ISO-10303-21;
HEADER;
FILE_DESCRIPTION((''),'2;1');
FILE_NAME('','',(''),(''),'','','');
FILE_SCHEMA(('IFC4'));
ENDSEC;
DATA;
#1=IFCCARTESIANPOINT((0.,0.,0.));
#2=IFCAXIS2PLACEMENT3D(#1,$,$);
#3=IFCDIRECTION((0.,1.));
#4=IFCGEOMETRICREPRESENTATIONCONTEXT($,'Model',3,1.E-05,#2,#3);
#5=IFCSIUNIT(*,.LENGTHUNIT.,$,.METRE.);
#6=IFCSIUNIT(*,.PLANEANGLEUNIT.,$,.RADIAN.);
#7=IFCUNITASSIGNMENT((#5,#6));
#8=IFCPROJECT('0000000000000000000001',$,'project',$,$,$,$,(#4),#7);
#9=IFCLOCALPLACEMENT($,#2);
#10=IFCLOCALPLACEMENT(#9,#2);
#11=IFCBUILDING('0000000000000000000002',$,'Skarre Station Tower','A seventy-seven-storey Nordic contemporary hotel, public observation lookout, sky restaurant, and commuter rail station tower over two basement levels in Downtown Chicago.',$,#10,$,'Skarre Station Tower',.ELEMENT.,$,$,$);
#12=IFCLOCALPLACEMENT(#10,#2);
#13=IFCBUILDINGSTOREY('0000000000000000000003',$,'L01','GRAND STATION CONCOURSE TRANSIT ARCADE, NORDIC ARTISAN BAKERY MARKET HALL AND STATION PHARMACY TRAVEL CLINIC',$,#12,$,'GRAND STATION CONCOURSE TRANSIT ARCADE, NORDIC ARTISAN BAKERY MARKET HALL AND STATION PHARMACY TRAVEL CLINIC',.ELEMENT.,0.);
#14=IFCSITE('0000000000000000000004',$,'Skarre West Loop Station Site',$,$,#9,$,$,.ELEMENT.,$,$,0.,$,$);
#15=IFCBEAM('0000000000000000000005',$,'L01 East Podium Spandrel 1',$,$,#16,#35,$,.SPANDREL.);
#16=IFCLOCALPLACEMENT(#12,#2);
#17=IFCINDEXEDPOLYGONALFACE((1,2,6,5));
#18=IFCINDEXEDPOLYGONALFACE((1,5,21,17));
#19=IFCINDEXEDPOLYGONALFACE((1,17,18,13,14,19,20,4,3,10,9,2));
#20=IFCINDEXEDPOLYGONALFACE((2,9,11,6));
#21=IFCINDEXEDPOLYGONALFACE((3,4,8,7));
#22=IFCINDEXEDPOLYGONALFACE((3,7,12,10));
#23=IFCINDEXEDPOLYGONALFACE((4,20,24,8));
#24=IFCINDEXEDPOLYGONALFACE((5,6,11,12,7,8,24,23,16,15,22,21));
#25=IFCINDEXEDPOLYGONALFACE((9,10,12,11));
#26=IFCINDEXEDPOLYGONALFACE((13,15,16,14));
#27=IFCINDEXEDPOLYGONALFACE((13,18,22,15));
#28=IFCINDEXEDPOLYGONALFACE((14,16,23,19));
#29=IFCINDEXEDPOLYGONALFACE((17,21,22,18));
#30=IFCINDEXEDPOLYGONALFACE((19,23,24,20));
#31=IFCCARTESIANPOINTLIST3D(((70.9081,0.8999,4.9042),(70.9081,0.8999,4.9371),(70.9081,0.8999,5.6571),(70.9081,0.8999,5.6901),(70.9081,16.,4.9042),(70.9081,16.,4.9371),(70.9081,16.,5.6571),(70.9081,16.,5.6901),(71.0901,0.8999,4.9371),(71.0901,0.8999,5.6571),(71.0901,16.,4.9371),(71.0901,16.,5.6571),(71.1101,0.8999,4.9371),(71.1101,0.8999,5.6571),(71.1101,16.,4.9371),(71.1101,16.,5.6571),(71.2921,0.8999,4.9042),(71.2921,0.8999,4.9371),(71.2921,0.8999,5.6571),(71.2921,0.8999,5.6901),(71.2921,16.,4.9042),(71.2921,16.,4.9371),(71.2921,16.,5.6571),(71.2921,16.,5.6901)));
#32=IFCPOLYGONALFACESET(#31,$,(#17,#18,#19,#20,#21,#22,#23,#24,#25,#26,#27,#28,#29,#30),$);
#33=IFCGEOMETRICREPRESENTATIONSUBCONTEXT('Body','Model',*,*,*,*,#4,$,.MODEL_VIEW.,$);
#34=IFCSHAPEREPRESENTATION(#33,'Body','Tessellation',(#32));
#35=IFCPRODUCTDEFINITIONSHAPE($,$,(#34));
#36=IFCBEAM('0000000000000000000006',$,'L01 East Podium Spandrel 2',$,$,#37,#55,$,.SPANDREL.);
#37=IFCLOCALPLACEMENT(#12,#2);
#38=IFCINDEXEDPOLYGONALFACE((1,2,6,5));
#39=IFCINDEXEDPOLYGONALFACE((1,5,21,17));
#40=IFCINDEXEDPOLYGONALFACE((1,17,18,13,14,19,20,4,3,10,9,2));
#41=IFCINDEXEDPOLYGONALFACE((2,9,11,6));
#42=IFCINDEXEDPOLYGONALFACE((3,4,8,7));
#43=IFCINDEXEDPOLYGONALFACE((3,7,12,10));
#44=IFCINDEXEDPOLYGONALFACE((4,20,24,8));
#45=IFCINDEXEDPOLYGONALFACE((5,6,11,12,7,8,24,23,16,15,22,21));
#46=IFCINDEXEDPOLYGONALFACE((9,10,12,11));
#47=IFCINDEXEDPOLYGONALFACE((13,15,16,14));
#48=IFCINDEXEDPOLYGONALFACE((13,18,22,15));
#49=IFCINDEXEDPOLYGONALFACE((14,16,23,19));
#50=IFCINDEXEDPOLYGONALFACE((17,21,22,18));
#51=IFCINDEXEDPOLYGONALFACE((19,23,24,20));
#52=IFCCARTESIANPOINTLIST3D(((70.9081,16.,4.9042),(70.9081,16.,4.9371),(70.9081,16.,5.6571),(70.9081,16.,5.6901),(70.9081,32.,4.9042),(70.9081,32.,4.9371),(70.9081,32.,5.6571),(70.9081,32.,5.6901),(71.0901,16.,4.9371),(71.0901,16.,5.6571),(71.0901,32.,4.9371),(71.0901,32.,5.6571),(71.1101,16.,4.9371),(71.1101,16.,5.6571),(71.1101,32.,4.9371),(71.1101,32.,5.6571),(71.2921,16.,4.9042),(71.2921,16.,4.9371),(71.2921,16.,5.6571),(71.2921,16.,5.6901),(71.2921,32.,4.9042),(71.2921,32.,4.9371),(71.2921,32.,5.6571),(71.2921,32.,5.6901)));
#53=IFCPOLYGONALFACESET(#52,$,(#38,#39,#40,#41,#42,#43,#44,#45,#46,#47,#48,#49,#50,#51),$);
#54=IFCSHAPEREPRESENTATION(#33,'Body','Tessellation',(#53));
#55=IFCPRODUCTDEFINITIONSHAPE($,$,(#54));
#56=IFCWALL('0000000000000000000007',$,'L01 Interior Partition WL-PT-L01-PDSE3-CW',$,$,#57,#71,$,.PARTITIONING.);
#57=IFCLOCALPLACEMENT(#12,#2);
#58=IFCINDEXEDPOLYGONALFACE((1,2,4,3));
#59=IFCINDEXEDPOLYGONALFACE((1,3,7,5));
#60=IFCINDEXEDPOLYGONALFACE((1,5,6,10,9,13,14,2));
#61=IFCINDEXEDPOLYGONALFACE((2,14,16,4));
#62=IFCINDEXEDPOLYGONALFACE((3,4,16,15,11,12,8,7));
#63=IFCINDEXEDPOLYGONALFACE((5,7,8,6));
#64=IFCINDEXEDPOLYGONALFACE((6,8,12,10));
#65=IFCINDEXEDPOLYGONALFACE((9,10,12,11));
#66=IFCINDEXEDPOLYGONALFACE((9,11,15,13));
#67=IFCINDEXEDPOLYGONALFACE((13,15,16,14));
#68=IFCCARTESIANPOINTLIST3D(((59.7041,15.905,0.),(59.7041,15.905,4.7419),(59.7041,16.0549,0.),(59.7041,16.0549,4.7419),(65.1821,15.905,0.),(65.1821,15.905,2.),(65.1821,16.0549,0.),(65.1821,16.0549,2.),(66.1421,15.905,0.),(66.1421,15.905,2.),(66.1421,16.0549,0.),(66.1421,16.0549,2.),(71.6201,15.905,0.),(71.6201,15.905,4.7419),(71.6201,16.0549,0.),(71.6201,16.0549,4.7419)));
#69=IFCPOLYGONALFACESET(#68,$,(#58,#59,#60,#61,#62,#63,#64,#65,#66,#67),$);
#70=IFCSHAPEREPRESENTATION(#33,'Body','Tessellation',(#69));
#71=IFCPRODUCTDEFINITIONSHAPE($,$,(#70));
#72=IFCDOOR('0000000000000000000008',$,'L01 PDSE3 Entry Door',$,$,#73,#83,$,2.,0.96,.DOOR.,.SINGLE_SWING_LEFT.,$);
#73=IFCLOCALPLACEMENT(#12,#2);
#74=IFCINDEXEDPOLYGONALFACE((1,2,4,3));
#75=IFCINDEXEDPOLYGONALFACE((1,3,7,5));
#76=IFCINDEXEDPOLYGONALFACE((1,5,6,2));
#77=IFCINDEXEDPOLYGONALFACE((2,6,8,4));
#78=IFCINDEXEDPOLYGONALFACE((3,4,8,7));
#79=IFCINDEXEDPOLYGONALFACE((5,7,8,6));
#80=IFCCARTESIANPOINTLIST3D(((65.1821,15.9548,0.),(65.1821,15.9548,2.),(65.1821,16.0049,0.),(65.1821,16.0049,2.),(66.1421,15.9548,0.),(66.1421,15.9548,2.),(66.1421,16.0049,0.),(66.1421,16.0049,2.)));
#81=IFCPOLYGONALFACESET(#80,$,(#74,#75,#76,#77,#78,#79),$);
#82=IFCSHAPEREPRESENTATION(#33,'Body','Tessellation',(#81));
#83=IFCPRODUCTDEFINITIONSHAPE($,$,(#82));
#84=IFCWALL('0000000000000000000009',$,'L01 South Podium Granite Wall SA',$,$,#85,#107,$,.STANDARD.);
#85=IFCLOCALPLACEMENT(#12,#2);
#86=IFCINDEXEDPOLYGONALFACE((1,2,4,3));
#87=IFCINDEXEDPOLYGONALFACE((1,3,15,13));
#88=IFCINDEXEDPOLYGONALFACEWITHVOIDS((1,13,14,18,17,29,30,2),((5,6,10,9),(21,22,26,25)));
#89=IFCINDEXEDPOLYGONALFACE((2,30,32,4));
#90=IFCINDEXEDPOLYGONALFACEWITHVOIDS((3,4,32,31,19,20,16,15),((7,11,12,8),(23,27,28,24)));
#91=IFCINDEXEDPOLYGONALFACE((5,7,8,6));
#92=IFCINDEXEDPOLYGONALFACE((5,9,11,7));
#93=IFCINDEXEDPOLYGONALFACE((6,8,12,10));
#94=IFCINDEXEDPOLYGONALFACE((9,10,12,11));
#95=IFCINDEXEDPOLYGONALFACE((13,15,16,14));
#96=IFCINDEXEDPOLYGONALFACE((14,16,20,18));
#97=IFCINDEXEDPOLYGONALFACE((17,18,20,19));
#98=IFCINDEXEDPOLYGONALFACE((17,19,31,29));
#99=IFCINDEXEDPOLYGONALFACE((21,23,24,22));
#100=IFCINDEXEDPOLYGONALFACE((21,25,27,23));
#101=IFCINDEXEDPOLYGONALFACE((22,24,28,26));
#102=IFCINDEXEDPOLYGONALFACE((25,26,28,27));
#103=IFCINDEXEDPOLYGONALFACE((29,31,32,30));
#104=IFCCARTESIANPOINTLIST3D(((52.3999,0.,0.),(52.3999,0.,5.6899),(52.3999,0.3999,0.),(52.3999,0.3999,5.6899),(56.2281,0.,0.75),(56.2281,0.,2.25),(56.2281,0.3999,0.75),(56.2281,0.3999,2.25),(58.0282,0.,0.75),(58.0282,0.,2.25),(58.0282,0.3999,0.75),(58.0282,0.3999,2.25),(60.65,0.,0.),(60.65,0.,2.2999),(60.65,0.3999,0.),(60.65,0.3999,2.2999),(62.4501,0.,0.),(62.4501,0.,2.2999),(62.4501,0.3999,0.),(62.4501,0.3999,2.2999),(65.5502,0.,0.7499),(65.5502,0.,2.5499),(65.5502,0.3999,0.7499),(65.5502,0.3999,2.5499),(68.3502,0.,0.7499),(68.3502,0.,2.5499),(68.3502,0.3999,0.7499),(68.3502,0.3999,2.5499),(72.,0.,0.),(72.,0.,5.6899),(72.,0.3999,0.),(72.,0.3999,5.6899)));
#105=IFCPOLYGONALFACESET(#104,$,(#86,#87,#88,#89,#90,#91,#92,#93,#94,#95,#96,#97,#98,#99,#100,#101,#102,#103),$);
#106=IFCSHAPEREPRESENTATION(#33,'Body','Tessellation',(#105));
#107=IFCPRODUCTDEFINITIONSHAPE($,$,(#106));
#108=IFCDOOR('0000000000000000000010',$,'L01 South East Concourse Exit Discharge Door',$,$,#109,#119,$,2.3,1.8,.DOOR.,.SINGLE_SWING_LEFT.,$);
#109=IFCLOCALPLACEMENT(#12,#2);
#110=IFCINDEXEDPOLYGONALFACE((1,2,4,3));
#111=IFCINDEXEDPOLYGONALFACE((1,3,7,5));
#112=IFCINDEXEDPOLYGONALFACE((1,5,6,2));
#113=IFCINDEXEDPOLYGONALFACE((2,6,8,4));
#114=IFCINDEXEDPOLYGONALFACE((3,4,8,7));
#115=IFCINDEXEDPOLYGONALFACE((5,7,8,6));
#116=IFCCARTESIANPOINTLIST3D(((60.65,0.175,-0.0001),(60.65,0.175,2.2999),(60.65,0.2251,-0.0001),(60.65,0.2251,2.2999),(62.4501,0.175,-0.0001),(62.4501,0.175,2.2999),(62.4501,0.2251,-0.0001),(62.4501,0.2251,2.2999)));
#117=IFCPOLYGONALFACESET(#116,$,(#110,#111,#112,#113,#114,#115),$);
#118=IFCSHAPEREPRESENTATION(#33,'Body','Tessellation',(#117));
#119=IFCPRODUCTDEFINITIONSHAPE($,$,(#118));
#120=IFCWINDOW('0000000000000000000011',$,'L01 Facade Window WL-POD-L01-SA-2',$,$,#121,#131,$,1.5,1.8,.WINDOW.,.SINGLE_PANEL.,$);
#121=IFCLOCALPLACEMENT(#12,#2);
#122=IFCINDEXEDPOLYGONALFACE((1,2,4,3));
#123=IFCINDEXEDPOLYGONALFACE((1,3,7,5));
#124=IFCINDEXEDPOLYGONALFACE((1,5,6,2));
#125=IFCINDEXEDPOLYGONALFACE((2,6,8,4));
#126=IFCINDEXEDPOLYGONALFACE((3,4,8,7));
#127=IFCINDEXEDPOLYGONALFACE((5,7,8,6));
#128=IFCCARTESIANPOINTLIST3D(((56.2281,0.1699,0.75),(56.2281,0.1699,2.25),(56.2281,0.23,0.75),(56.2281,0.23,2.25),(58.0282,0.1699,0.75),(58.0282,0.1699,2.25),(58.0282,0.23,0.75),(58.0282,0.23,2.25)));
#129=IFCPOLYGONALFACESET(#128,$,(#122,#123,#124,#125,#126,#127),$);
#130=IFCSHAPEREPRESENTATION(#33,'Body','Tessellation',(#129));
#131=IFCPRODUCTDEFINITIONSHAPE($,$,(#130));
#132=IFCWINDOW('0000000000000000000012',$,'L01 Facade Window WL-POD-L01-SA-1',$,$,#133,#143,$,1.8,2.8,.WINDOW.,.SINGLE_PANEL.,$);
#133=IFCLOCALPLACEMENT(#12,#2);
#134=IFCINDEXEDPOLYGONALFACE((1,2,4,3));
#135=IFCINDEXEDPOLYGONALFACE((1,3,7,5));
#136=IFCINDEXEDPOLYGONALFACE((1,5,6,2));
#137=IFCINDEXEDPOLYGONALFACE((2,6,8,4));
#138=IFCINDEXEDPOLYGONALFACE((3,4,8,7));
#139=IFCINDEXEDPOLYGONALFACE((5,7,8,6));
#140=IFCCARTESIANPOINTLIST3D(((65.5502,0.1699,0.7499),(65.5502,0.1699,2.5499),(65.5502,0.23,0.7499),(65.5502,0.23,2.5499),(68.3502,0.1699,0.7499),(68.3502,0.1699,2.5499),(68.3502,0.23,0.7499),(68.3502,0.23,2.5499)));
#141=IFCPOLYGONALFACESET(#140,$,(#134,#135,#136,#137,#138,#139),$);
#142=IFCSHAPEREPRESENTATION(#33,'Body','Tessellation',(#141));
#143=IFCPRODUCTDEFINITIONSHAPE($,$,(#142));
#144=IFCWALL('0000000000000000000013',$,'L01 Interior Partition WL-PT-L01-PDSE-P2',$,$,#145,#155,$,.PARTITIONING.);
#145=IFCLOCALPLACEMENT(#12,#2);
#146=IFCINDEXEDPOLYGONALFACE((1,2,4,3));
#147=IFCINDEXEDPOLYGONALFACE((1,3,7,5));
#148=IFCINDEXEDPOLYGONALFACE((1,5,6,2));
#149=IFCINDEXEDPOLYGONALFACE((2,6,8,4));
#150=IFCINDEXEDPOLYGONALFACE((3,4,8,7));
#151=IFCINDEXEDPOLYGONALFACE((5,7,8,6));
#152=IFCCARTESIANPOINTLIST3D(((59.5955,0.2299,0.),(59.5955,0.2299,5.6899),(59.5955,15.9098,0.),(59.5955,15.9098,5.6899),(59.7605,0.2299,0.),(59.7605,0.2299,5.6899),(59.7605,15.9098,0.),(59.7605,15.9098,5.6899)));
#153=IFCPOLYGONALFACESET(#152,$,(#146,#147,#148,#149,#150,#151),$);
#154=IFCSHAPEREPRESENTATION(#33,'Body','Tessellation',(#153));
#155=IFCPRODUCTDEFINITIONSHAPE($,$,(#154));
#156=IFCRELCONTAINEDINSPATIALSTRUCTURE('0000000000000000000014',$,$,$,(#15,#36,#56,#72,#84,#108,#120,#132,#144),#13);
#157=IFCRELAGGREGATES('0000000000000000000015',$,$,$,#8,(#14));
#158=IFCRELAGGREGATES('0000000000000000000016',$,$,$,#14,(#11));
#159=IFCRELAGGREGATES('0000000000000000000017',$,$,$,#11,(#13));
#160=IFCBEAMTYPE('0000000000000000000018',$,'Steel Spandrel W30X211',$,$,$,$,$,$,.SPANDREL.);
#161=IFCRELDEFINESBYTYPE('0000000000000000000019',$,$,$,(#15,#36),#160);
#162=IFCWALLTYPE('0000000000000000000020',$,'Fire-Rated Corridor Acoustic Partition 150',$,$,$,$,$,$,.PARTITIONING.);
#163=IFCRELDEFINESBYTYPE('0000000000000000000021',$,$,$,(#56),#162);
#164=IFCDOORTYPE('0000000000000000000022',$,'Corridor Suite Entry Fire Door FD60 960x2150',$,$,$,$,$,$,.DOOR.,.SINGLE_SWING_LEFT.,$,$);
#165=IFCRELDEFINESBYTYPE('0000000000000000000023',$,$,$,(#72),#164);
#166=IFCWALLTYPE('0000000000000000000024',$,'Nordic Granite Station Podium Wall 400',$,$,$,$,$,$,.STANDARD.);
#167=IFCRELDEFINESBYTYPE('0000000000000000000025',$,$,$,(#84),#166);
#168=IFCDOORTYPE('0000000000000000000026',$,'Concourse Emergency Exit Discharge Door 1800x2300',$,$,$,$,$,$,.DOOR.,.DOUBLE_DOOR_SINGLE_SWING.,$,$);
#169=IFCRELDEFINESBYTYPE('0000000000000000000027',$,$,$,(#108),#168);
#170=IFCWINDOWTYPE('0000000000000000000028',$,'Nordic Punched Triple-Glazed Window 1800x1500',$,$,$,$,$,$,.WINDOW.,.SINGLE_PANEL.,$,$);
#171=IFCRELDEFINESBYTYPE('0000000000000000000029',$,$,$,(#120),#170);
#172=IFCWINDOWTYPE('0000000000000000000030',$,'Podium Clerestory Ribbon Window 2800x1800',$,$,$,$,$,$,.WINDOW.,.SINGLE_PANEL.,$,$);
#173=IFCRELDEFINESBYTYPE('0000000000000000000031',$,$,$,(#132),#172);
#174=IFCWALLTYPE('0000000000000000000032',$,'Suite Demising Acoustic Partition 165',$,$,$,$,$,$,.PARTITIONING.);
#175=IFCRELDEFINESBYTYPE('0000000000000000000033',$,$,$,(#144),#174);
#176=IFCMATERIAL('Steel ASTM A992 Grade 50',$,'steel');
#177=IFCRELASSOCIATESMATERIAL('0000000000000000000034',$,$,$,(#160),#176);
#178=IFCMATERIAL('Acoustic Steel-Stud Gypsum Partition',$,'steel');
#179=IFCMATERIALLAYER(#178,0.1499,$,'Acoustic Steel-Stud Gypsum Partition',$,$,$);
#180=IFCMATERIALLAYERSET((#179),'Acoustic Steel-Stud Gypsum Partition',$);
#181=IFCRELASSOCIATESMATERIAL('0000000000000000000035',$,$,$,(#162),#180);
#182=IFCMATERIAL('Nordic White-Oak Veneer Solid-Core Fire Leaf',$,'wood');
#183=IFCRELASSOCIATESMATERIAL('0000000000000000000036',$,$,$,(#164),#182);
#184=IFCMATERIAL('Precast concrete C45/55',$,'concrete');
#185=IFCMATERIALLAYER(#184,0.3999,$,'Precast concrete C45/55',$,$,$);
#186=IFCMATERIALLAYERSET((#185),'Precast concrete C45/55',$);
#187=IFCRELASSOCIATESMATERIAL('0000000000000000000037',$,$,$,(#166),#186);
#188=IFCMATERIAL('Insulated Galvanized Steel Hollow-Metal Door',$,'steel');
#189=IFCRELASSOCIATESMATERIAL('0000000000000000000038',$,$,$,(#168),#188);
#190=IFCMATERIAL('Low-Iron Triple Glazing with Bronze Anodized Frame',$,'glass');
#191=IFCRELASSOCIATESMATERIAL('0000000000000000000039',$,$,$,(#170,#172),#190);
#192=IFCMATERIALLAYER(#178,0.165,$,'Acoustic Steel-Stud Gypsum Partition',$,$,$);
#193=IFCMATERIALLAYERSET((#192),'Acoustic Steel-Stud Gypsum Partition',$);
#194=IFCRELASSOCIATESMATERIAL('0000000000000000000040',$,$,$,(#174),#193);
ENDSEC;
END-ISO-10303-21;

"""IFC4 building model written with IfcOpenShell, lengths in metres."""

from ifc_helpers import new_model, si_unit, direction, frame, frame_2d, origin, origin_2d, place, context, subcontext, project, spatial, rectangle, i_section, extrude, material, layer, layer_set, material_profile, profile_set, type_object, element, fill, save


model = new_model("IFC4")

# Units and contexts
model_context = context("Model", 3, precision=1e-05, world=origin(), true_north=direction((0.0, 1.0)))
body_context = subcontext(model_context, "Body", "Model", "MODEL_VIEW")
ifc_project = project(units=[si_unit("LENGTHUNIT", "METRE"), si_unit("PLANEANGLEUNIT", "RADIAN")], contexts=[model_context])

# Site, building, storey
site_placement = place(None, origin())
site = spatial("IfcSite", under=ifc_project, at=site_placement, Name="Skarre West Loop Station Site", CompositionType="ELEMENT", RefElevation=0.0)
building_placement = place(site_placement, origin())
building = spatial("IfcBuilding", under=site, at=building_placement, Name="Skarre Station Tower", Description="A seventy-seven-storey Nordic contemporary hotel, public observation lookout, sky restaurant, and commuter rail station tower over two basement levels in Downtown Chicago.", LongName="Skarre Station Tower", CompositionType="ELEMENT")
storey_placement = place(building_placement, origin())
storey = spatial("IfcBuildingStorey", under=building, at=storey_placement, Name="L01", Description="GRAND STATION CONCOURSE TRANSIT ARCADE, NORDIC ARTISAN BAKERY MARKET HALL AND STATION PHARMACY TRAVEL CLINIC", LongName="GRAND STATION CONCOURSE TRANSIT ARCADE, NORDIC ARTISAN BAKERY MARKET HALL AND STATION PHARMACY TRAVEL CLINIC", CompositionType="ELEMENT", Elevation=0.0)

# Beams
ifc_material_1 = material(Name="Steel ASTM A992 Grade 50", Category="steel")
ifc_material_profile_1 = material_profile(ifc_material_1, i_section(OverallWidth=0.384, OverallDepth=0.7859, WebThickness=0.02, FlangeThickness=0.033, at=origin_2d()), Name="Steel ASTM A992 Grade 50")
ifc_profile_set_1 = profile_set([ifc_material_profile_1], Name="Steel ASTM A992 Grade 50")
beam_type_1 = type_object("IfcBeamType", Name="Steel Spandrel W30X211", PredefinedType="SPANDREL", material=ifc_profile_set_1)
beam_1_placement = place(storey_placement, frame((71.1001, 0.8999, 5.2971), z_axis=(0.0, 1.0, 0.0), x_axis=(-1.0, 0.0, 0.0)))
element("IfcBeam", 1, at=beam_1_placement, inside=storey, type_object=beam_type_1, Name="L01 East Podium Spandrel 1", PredefinedType="SPANDREL", context=body_context, shape_type="SweptSolid", body=[
    extrude(i_section(OverallWidth=0.384, OverallDepth=0.7859, WebThickness=0.02, FlangeThickness=0.033, at=origin_2d()), origin(), (0.0, 0.0, 1.0), 15.1001),
])
beam_2_placement = place(storey_placement, frame((71.1001, 16.0, 5.2971), z_axis=(0.0, 1.0, 0.0), x_axis=(-1.0, 0.0, 0.0)))
element("IfcBeam", 2, at=beam_2_placement, inside=storey, type_object=beam_type_1, Name="L01 East Podium Spandrel 2", PredefinedType="SPANDREL", context=body_context, shape_type="SweptSolid", body=[
    extrude(i_section(OverallWidth=0.384, OverallDepth=0.7859, WebThickness=0.02, FlangeThickness=0.033, at=origin_2d()), origin(), (0.0, 0.0, 1.0), 16.0),
])

# Wall, opening, door
ifc_material_2 = material(Name="Acoustic Steel-Stud Gypsum Partition", Category="steel")
ifc_layer_1 = layer(ifc_material_2, 0.1499, Name="Acoustic Steel-Stud Gypsum Partition")
ifc_layer_set_1 = layer_set([ifc_layer_1], Name="Acoustic Steel-Stud Gypsum Partition")
wall_type_1 = type_object("IfcWallType", Name="Fire-Rated Corridor Acoustic Partition 150", PredefinedType="PARTITIONING", material=ifc_layer_set_1)
wall_1_placement = place(storey_placement, frame((59.7041, 15.98, 0.0), z_axis=(0.0, 0.0, 1.0), x_axis=(1.0, 0.0, 0.0)))
wall_1 = element("IfcWall", 3, at=wall_1_placement, inside=storey, type_object=wall_type_1, Name="L01 Interior Partition WL-PT-L01-PDSE3-CW", PredefinedType="PARTITIONING", context=body_context, shape_type="SweptSolid", body=[
    extrude(rectangle(XDim=11.916, YDim=0.1499, at=frame_2d((5.958, 0.0))), origin(), (0.0, 0.0, 1.0), 4.7419),
])
opening_1_placement = place(wall_1_placement, frame((5.478, 0.0, 0.0)))
opening_1 = element("IfcOpeningElement", 4, at=opening_1_placement, cuts=wall_1, PredefinedType="OPENING", context=body_context, shape_type="SweptSolid", body=[
    extrude(rectangle(XDim=0.96, YDim=2.0, at=frame_2d((0.48, 1.0))), frame((0.0, 0.085, 0.0), z_axis=(0.0, -1.0, 0.0), x_axis=(1.0, 0.0, 0.0)), (0.0, 0.0, 1.0), 0.1699),
])
ifc_material_3 = material(Name="Nordic White-Oak Veneer Solid-Core Fire Leaf", Category="wood")
door_type_1 = type_object("IfcDoorType", Name="Corridor Suite Entry Fire Door FD60 960x2150", OperationType="SINGLE_SWING_LEFT", PredefinedType="DOOR", material=ifc_material_3)
door_1_placement = place(opening_1_placement, origin())
door_1 = element("IfcDoor", 5, at=door_1_placement, inside=storey, type_object=door_type_1, Name="L01 PDSE3 Entry Door", OperationType="SINGLE_SWING_LEFT", OverallHeight=2.0, OverallWidth=0.96, PredefinedType="DOOR", context=body_context, shape_type="SweptSolid", body=[
    extrude(rectangle(XDim=0.96, YDim=2.0, at=frame_2d((0.48, 1.0))), frame((0.0, 0.0249, 0.0), z_axis=(0.0, -1.0, 0.0), x_axis=(1.0, 0.0, 0.0)), (0.0, 0.0, 1.0), 0.05),
])
fill(opening_1, door_1)

# Wall, openings, door, windows
ifc_material_4 = material(Name="Precast concrete C45/55", Category="concrete")
ifc_layer_2 = layer(ifc_material_4, 0.3999, Name="Precast concrete C45/55")
ifc_layer_set_2 = layer_set([ifc_layer_2], Name="Precast concrete C45/55")
wall_type_2 = type_object("IfcWallType", Name="Nordic Granite Station Podium Wall 400", PredefinedType="STANDARD", material=ifc_layer_set_2)
wall_2_placement = place(storey_placement, frame((72.0, 0.2, 0.0), z_axis=(0.0, 0.0, 1.0), x_axis=(-1.0, 0.0, 0.0)))
wall_2 = element("IfcWall", 6, at=wall_2_placement, inside=storey, type_object=wall_type_2, Name="L01 South Podium Granite Wall SA", PredefinedType="STANDARD", context=body_context, shape_type="SweptSolid", body=[
    extrude(rectangle(XDim=19.6001, YDim=0.3999, at=frame_2d((9.8, 0.0))), origin(), (0.0, 0.0, 1.0), 5.6899),
])
opening_2_placement = place(wall_2_placement, frame((9.55, 0.0, 0.0)))
opening_2 = element("IfcOpeningElement", 7, at=opening_2_placement, cuts=wall_2, PredefinedType="OPENING", context=body_context, shape_type="SweptSolid", body=[
    extrude(rectangle(XDim=1.8, YDim=2.3, at=frame_2d((0.8999, 1.1499))), frame((0.0, 0.21, 0.0), z_axis=(0.0, -1.0, 0.0), x_axis=(1.0, 0.0, 0.0)), (0.0, 0.0, 1.0), 0.4199),
])
opening_3_placement = place(wall_2_placement, frame((3.6499, 0.0, 0.75)))
opening_3 = element("IfcOpeningElement", 8, at=opening_3_placement, cuts=wall_2, PredefinedType="OPENING", context=body_context, shape_type="SweptSolid", body=[
    extrude(rectangle(XDim=2.8, YDim=1.8, at=frame_2d((1.3999, 0.8999))), frame((0.0, 0.21, 0.0), z_axis=(0.0, -1.0, 0.0), x_axis=(1.0, 0.0, 0.0)), (0.0, 0.0, 1.0), 0.4199),
])
opening_4_placement = place(wall_2_placement, frame((13.9719, 0.0, 0.75)))
opening_4 = element("IfcOpeningElement", 9, at=opening_4_placement, cuts=wall_2, PredefinedType="OPENING", context=body_context, shape_type="SweptSolid", body=[
    extrude(rectangle(XDim=1.8, YDim=1.5, at=frame_2d((0.8999, 0.75))), frame((0.0, 0.21, 0.0), z_axis=(0.0, -1.0, 0.0), x_axis=(1.0, 0.0, 0.0)), (0.0, 0.0, 1.0), 0.4199),
])
ifc_material_5 = material(Name="Insulated Galvanized Steel Hollow-Metal Door", Category="steel")
door_type_2 = type_object("IfcDoorType", Name="Concourse Emergency Exit Discharge Door 1800x2300", OperationType="DOUBLE_DOOR_SINGLE_SWING", PredefinedType="DOOR", material=ifc_material_5)
door_2_placement = place(opening_2_placement, origin())
door_2 = element("IfcDoor", 10, at=door_2_placement, inside=storey, type_object=door_type_2, Name="L01 South East Concourse Exit Discharge Door", OperationType="SINGLE_SWING_LEFT", OverallHeight=2.3, OverallWidth=1.8, PredefinedType="DOOR", context=body_context, shape_type="SweptSolid", body=[
    extrude(rectangle(XDim=1.8, YDim=2.3, at=frame_2d((0.8999, 1.1499))), frame((0.0, 0.0249, 0.0), z_axis=(0.0, -1.0, 0.0), x_axis=(1.0, 0.0, 0.0)), (0.0, 0.0, 1.0), 0.05),
])
fill(opening_2, door_2)
ifc_material_6 = material(Name="Low-Iron Triple Glazing with Bronze Anodized Frame", Category="glass")
window_type_1 = type_object("IfcWindowType", Name="Nordic Punched Triple-Glazed Window 1800x1500", PartitioningType="SINGLE_PANEL", PredefinedType="WINDOW", material=ifc_material_6)
window_1_placement = place(opening_4_placement, origin())
window_1 = element("IfcWindow", 11, at=window_1_placement, inside=storey, type_object=window_type_1, Name="L01 Facade Window WL-POD-L01-SA-2", OverallHeight=1.5, OverallWidth=1.8, PartitioningType="SINGLE_PANEL", PredefinedType="WINDOW", context=body_context, shape_type="SweptSolid", body=[
    extrude(rectangle(XDim=1.8, YDim=1.5, at=frame_2d((0.8999, 0.75))), frame((0.0, 0.03, 0.0), z_axis=(0.0, -1.0, 0.0), x_axis=(1.0, 0.0, 0.0)), (0.0, 0.0, 1.0), 0.0601),
])
fill(opening_4, window_1)
window_type_2 = type_object("IfcWindowType", Name="Podium Clerestory Ribbon Window 2800x1800", PartitioningType="SINGLE_PANEL", PredefinedType="WINDOW", material=ifc_material_6)
window_2_placement = place(opening_3_placement, origin())
window_2 = element("IfcWindow", 12, at=window_2_placement, inside=storey, type_object=window_type_2, Name="L01 Facade Window WL-POD-L01-SA-1", OverallHeight=1.8, OverallWidth=2.8, PartitioningType="SINGLE_PANEL", PredefinedType="WINDOW", context=body_context, shape_type="SweptSolid", body=[
    extrude(rectangle(XDim=2.8, YDim=1.8, at=frame_2d((1.3999, 0.8999))), frame((0.0, 0.03, 0.0), z_axis=(0.0, -1.0, 0.0), x_axis=(1.0, 0.0, 0.0)), (0.0, 0.0, 1.0), 0.0601),
])
fill(opening_3, window_2)

# Wall
ifc_layer_3 = layer(ifc_material_2, 0.165, Name="Acoustic Steel-Stud Gypsum Partition")
ifc_layer_set_3 = layer_set([ifc_layer_3], Name="Acoustic Steel-Stud Gypsum Partition")
wall_type_3 = type_object("IfcWallType", Name="Suite Demising Acoustic Partition 165", PredefinedType="PARTITIONING", material=ifc_layer_set_3)
wall_3_placement = place(storey_placement, frame((59.678, 0.23, 0.0), z_axis=(0.0, 0.0, 1.0), x_axis=(0.0, 1.0, 0.0)))
element("IfcWall", 13, at=wall_3_placement, inside=storey, type_object=wall_type_3, Name="L01 Interior Partition WL-PT-L01-PDSE-P2", PredefinedType="PARTITIONING", context=body_context, shape_type="SweptSolid", body=[
    extrude(rectangle(XDim=15.6799, YDim=0.165, at=frame_2d((7.8398, 0.0))), origin(), (0.0, 0.0, 1.0), 5.6899),
])

save(model, "model.ifc")
